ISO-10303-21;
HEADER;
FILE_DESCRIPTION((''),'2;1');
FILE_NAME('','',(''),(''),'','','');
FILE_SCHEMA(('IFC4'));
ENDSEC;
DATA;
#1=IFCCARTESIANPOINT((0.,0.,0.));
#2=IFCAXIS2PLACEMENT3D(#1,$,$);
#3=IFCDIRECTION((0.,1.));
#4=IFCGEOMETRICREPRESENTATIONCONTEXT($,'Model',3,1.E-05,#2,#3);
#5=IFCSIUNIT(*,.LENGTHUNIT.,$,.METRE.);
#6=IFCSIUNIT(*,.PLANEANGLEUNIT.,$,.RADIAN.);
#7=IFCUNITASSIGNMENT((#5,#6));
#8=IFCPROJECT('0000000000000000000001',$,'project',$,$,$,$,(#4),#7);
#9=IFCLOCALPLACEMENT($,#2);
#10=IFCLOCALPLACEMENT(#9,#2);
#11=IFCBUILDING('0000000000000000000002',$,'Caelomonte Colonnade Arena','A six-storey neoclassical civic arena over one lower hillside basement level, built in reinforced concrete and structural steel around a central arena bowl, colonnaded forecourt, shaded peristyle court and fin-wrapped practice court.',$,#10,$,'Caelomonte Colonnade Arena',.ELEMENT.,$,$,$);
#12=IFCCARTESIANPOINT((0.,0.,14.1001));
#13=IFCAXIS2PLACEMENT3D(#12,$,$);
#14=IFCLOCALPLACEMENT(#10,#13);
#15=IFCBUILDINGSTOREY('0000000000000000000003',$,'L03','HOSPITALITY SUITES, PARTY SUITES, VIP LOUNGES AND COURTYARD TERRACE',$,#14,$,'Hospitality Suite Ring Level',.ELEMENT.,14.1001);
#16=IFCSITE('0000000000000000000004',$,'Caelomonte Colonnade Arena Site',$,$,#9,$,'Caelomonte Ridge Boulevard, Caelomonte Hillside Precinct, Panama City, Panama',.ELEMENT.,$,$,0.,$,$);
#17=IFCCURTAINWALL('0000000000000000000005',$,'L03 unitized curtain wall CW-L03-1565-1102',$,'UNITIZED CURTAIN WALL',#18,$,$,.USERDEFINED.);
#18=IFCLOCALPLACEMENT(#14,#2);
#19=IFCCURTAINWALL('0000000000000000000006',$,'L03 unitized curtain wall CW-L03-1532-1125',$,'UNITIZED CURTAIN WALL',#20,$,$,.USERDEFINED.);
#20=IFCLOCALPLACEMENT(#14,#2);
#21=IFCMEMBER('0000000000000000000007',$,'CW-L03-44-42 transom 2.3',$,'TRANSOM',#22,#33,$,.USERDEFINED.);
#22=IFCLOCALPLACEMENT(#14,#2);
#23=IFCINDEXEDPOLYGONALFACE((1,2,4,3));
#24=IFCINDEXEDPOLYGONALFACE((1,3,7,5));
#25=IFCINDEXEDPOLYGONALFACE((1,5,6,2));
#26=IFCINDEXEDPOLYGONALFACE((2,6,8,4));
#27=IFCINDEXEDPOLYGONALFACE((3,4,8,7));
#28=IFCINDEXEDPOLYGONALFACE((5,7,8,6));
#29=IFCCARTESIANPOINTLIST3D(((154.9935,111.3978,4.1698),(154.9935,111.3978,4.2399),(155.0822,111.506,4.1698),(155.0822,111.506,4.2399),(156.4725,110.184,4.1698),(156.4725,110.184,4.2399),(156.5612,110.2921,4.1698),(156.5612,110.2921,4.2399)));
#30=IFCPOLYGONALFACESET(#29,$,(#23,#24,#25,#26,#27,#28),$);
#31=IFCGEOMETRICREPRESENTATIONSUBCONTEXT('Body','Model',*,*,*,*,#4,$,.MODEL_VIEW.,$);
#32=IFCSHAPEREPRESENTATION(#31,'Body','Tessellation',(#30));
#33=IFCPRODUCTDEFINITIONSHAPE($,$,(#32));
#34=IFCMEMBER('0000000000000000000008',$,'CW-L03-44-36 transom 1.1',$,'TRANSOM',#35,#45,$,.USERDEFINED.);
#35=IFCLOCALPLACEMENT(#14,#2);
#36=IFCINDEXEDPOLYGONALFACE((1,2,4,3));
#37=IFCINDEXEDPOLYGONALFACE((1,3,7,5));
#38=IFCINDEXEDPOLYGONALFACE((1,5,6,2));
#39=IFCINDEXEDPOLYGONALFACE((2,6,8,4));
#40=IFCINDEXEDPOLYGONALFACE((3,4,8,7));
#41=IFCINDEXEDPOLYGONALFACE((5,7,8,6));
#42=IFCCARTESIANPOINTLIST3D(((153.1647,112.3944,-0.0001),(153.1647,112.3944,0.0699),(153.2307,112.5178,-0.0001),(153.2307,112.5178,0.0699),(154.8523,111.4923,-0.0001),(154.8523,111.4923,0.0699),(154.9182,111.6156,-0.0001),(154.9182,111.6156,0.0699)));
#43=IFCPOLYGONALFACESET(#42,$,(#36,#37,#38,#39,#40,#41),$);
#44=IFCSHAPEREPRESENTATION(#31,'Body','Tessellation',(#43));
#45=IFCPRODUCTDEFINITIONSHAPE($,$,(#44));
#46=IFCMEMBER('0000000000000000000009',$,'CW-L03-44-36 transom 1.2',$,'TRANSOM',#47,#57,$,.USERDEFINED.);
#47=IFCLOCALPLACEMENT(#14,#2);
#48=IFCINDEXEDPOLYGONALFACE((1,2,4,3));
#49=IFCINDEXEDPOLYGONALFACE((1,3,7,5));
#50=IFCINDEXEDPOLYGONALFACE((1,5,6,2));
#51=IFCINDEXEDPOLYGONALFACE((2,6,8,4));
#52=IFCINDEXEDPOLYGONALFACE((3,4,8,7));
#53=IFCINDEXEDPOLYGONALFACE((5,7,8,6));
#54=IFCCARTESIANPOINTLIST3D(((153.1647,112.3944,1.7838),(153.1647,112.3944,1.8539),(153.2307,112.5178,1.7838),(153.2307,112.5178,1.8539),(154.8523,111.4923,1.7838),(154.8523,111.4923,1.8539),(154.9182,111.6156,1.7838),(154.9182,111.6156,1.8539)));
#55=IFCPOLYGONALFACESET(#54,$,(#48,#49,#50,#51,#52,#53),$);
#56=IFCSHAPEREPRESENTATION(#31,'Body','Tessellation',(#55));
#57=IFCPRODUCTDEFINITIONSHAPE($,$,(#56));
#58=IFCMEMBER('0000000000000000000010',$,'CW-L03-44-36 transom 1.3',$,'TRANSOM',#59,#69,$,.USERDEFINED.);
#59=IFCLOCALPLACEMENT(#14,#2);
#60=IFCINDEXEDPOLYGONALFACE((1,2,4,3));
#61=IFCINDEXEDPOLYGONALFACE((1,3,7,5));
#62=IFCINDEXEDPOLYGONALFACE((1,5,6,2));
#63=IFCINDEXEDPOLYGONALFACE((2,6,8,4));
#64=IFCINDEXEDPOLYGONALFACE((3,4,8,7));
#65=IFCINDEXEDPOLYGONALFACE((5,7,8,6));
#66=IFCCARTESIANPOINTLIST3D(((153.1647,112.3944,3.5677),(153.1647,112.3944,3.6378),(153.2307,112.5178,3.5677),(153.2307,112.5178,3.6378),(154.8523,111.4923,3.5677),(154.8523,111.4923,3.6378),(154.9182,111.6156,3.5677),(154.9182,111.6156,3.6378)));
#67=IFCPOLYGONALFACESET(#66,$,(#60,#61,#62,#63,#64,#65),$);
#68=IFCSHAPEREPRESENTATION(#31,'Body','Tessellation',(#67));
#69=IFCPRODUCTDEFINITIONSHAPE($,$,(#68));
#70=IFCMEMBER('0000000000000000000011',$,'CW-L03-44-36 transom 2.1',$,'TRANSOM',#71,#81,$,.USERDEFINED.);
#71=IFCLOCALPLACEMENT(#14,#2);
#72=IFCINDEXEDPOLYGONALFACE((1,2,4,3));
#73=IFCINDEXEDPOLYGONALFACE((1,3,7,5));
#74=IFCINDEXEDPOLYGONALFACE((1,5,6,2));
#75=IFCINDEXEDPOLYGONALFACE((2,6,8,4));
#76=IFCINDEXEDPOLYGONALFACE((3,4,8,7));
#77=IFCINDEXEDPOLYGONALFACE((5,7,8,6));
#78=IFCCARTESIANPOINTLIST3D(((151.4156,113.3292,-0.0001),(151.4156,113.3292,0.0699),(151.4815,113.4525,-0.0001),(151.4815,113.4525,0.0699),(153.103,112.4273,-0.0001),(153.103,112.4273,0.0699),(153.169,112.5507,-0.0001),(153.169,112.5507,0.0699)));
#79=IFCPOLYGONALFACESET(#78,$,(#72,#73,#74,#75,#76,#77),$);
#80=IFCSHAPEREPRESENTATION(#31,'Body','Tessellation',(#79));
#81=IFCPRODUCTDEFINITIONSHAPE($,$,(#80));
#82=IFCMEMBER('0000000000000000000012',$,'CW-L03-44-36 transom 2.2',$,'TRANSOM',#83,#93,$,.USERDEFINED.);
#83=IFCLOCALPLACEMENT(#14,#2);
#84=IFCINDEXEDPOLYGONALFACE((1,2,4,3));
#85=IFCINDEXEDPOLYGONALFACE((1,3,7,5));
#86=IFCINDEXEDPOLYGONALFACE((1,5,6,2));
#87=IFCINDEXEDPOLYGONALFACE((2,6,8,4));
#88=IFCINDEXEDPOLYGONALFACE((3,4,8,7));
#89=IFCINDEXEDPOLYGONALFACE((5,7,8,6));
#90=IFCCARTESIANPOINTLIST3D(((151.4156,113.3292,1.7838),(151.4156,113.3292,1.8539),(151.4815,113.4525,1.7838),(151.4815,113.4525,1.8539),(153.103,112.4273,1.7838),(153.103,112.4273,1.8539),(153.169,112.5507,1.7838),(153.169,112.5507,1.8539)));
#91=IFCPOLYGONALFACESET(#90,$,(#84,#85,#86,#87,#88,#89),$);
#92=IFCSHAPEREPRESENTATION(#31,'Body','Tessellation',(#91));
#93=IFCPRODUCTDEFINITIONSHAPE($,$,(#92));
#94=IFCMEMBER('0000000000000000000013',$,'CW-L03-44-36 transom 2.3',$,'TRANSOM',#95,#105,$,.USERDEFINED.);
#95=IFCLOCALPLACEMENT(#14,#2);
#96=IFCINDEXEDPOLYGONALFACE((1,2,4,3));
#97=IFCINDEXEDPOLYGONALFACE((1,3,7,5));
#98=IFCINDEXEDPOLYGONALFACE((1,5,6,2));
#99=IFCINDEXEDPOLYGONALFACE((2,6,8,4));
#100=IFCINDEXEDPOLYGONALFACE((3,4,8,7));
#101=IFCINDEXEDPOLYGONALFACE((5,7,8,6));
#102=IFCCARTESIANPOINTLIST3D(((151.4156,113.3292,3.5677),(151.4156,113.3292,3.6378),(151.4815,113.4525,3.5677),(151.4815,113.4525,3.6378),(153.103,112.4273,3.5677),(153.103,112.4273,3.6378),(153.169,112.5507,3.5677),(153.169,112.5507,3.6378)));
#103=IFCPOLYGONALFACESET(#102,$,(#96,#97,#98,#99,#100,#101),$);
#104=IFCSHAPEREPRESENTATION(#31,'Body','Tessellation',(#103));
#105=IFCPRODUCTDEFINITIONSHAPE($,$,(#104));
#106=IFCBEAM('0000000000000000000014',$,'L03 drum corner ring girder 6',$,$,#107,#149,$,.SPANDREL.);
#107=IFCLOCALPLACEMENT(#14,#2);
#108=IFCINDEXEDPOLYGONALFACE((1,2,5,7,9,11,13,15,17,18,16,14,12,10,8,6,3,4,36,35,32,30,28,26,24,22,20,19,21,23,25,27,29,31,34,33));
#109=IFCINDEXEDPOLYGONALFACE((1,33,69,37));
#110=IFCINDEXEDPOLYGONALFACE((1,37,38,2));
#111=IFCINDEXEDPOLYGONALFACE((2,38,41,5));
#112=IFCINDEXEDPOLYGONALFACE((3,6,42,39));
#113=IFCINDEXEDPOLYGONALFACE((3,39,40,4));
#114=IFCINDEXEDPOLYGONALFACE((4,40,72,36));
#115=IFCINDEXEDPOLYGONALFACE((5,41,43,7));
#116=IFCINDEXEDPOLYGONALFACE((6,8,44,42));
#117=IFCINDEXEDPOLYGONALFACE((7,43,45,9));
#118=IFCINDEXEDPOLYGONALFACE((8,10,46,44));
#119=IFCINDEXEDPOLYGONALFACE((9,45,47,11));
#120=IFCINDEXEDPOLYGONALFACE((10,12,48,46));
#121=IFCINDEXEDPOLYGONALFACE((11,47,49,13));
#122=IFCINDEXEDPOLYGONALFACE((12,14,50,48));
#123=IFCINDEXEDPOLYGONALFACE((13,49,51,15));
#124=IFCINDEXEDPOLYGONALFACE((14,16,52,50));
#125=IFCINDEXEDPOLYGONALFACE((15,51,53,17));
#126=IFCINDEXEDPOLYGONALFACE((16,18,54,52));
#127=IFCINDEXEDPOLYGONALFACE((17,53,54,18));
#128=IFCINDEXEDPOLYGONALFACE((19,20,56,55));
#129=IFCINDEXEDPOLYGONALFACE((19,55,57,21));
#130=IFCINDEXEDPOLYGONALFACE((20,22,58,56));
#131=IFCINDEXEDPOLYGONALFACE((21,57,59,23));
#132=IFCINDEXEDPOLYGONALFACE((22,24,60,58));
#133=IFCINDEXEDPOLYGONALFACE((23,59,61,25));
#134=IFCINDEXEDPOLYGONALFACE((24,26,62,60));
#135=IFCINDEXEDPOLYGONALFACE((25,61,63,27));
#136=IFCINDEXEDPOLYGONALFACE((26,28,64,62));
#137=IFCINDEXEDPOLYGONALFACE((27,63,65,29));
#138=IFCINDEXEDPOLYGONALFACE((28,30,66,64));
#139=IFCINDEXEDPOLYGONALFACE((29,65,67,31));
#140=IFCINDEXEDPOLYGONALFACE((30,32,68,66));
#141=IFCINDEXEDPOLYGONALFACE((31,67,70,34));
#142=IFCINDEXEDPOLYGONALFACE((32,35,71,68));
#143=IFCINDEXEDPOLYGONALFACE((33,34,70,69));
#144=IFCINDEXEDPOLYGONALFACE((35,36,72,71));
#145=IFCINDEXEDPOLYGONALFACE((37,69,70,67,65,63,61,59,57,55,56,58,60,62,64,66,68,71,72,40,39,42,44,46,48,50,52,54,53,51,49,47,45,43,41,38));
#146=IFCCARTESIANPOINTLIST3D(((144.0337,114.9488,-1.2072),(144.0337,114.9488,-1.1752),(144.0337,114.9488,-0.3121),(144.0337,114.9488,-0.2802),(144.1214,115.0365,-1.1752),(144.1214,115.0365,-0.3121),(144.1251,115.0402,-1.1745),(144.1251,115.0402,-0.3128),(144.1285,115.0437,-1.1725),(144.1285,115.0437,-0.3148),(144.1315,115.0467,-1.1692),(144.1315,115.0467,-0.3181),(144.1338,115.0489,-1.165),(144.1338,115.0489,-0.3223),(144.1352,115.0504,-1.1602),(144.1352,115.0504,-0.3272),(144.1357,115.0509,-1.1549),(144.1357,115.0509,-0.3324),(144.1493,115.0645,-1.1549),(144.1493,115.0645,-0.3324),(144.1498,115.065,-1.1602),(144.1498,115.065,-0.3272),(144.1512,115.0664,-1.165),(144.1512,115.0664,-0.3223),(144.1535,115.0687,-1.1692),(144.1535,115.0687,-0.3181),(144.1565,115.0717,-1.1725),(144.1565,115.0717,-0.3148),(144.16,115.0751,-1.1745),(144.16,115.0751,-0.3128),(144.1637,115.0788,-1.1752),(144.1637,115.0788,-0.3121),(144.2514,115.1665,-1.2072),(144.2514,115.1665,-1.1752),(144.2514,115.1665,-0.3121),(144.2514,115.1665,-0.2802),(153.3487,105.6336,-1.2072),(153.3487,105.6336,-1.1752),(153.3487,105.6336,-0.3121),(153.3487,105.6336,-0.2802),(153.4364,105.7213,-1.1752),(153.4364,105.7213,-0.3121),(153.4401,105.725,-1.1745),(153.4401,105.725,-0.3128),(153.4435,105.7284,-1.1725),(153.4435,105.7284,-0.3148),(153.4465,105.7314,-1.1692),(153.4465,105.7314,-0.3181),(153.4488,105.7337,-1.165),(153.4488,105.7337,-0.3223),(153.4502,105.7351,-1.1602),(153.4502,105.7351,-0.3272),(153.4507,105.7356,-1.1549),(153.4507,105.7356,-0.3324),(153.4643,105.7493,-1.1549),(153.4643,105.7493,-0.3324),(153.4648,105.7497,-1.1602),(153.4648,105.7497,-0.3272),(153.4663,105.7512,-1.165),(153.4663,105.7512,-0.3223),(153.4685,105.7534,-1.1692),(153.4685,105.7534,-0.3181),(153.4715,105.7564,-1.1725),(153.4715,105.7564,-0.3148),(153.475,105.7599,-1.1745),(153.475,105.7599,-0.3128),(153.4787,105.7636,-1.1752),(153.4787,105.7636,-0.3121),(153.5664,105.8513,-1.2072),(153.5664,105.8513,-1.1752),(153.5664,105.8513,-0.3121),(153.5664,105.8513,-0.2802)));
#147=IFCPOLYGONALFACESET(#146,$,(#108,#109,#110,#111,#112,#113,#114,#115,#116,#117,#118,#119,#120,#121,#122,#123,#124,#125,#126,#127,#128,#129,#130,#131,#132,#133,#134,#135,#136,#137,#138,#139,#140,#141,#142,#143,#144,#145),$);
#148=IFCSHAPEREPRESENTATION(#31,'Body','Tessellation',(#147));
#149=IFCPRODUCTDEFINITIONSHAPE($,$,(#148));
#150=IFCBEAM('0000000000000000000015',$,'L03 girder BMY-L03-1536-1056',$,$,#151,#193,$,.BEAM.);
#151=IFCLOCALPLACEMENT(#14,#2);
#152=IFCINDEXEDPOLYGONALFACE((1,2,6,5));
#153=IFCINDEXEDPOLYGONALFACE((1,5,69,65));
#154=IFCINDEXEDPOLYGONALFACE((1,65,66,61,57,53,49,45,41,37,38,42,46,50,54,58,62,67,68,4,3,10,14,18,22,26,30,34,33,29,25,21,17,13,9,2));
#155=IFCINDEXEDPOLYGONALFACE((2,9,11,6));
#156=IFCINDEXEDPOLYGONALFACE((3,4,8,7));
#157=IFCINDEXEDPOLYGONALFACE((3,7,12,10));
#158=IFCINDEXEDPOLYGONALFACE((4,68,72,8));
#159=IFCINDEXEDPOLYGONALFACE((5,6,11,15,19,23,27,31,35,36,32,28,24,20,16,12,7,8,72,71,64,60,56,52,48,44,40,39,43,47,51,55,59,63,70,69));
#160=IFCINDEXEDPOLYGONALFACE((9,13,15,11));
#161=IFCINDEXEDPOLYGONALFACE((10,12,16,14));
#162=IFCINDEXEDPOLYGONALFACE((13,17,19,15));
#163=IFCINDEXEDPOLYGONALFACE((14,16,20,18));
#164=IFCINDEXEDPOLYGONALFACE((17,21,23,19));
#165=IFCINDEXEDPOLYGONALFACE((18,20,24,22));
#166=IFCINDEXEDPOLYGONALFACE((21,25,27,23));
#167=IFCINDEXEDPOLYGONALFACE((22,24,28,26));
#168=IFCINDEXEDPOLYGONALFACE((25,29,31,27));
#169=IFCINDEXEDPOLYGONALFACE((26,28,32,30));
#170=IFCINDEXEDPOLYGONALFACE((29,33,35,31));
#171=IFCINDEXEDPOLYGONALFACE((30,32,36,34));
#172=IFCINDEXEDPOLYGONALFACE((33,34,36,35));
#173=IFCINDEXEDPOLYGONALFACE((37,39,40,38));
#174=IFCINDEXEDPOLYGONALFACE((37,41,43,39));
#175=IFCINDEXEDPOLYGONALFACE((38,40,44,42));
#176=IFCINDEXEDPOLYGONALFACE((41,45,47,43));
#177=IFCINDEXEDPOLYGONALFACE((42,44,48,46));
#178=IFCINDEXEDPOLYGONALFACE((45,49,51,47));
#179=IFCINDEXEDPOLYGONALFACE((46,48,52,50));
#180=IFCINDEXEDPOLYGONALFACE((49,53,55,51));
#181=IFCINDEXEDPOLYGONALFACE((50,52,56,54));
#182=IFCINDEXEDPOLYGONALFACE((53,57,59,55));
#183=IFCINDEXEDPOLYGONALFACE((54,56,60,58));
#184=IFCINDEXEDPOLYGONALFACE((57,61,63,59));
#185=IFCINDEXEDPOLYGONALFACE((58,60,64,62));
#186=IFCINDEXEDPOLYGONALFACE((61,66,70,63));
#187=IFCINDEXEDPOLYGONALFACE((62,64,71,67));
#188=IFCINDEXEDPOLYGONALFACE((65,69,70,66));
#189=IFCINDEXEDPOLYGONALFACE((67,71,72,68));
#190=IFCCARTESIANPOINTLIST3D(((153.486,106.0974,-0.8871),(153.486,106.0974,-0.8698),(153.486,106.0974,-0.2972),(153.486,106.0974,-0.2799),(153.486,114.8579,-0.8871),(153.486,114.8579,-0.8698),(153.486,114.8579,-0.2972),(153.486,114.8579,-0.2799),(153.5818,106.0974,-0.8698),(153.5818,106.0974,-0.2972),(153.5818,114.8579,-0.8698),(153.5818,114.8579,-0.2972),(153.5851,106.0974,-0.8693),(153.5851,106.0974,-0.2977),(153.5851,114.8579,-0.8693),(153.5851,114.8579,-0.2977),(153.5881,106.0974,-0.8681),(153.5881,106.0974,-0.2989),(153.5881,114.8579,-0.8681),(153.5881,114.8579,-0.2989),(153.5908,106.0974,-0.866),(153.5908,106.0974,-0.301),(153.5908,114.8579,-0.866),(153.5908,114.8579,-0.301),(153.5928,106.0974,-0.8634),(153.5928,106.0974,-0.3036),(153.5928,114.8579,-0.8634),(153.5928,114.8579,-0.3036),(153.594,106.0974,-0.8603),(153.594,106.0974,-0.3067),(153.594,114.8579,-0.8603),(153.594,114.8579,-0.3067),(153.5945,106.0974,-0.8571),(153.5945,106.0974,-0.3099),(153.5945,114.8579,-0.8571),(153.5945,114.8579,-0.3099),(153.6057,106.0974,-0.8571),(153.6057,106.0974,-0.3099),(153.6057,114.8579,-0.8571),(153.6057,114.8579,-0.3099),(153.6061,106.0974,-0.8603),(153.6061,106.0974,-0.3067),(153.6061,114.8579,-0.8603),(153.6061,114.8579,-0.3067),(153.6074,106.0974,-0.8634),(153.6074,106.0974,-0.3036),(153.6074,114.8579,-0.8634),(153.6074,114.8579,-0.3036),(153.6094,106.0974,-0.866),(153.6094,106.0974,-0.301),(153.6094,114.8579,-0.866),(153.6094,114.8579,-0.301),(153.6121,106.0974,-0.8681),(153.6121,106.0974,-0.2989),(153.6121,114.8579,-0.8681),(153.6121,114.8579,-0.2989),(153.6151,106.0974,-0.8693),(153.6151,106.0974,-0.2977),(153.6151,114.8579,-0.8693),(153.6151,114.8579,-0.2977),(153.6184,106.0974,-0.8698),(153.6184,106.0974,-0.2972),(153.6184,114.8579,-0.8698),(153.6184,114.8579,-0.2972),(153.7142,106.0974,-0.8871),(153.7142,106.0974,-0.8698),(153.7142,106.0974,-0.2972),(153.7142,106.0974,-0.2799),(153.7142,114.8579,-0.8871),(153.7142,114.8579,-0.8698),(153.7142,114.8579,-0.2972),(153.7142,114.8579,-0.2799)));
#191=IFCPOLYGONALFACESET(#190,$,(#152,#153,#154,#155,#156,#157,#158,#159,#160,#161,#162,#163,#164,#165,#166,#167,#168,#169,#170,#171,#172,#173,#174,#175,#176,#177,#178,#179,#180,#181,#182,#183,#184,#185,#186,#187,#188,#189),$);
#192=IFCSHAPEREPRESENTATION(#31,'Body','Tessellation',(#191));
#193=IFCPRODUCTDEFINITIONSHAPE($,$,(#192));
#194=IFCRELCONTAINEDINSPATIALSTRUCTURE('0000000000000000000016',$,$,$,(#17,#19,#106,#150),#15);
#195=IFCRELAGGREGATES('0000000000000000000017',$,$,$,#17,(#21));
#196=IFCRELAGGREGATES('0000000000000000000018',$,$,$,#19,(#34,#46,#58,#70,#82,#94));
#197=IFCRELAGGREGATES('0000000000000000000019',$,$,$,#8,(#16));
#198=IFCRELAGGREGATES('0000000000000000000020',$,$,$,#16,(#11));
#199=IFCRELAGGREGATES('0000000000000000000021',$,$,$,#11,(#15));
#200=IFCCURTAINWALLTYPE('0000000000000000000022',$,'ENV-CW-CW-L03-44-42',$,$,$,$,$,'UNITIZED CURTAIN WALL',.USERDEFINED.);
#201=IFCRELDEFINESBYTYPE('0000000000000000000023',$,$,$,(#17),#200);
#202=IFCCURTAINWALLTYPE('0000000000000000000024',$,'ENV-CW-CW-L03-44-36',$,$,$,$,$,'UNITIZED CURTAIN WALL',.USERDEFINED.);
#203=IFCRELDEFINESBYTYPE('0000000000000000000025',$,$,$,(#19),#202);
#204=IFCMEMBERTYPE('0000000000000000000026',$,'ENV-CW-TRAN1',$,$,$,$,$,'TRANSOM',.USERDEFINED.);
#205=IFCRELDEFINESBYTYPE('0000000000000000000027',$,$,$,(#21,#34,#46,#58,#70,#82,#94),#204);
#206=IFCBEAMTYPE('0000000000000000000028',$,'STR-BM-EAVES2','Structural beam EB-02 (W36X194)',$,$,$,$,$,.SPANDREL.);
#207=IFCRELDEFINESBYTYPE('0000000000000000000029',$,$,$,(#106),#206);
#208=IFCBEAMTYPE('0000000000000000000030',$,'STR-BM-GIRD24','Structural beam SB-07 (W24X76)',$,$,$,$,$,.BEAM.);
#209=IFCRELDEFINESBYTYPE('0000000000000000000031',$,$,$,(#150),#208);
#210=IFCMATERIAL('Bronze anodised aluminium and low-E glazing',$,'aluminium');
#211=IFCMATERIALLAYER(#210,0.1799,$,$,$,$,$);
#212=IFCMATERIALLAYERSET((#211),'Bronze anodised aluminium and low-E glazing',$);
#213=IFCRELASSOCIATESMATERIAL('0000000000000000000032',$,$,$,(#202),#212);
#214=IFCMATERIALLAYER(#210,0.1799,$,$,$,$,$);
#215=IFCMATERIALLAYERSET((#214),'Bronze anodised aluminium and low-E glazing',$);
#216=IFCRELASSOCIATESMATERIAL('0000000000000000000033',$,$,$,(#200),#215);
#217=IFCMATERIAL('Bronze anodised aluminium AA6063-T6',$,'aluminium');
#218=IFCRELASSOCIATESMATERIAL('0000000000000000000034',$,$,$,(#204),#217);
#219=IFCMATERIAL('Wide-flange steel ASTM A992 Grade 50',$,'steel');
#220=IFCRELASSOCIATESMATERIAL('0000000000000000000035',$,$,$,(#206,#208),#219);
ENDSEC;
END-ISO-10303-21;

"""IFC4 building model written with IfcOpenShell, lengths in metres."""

from ifc_helpers import new_model, si_unit, direction, frame, origin, origin_2d, place, context, subcontext, project, spatial, rectangle, i_section, extrude, material, layer, layer_set, material_profile, profile_set, type_object, element, aggregate, save


model = new_model("IFC4")

# Units and contexts
model_context = context("Model", 3, precision=1e-05, world=origin(), true_north=direction((0.0, 1.0)))
body_context = subcontext(model_context, "Body", "Model", "MODEL_VIEW")
ifc_project = project(units=[si_unit("LENGTHUNIT", "METRE"), si_unit("PLANEANGLEUNIT", "RADIAN")], contexts=[model_context])

# Site, building, storey
site_placement = place(None, origin())
site = spatial("IfcSite", under=ifc_project, at=site_placement, Name="Caelomonte Colonnade Arena Site", LongName="Caelomonte Ridge Boulevard, Caelomonte Hillside Precinct, Panama City, Panama", CompositionType="ELEMENT", RefElevation=0.0)
building_placement = place(site_placement, origin())
building = spatial("IfcBuilding", under=site, at=building_placement, Name="Caelomonte Colonnade Arena", Description="A six-storey neoclassical civic arena over one lower hillside basement level, built in reinforced concrete and structural steel around a central arena bowl, colonnaded forecourt, shaded peristyle court and fin-wrapped practice court.", LongName="Caelomonte Colonnade Arena", CompositionType="ELEMENT")
storey_placement = place(building_placement, frame((0.0, 0.0, 14.1001)))
storey = spatial("IfcBuildingStorey", under=building, at=storey_placement, Name="L03", Description="HOSPITALITY SUITES, PARTY SUITES, VIP LOUNGES AND COURTYARD TERRACE", LongName="Hospitality Suite Ring Level", CompositionType="ELEMENT", Elevation=14.1001)

# Shared definitions
ifc_material_1 = material(Name="Wide-flange steel ASTM A992 Grade 50", Category="steel")

# Shared definitions
ifc_material_2 = material(Name="Bronze anodised aluminium and low-E glazing", Category="aluminium")
ifc_layer_1 = layer(ifc_material_2, 0.1799)
ifc_layer_set_1 = layer_set([ifc_layer_1], Name="Bronze anodised aluminium and low-E glazing")
curtain_wall_type_1 = type_object("IfcCurtainWallType", Name="ENV-CW-CW-L03-44-36", ElementType="UNITIZED CURTAIN WALL", PredefinedType="USERDEFINED", material=ifc_layer_set_1)
ifc_material_3 = material(Name="Bronze anodised aluminium AA6063-T6", Category="aluminium")

# Curtain walls
ifc_layer_2 = layer(ifc_material_2, 0.1799)
ifc_layer_set_2 = layer_set([ifc_layer_2], Name="Bronze anodised aluminium and low-E glazing")
curtain_wall_type_2 = type_object("IfcCurtainWallType", Name="ENV-CW-CW-L03-44-42", ElementType="UNITIZED CURTAIN WALL", PredefinedType="USERDEFINED", material=ifc_layer_set_2)
curtain_wall_1_placement = place(storey_placement, origin())
curtain_wall_1 = element("IfcCurtainWall", 1, at=curtain_wall_1_placement, inside=storey, type_object=curtain_wall_type_2, Name="L03 unitized curtain wall CW-L03-1565-1102", ObjectType="UNITIZED CURTAIN WALL", PredefinedType="USERDEFINED")
curtain_wall_2_placement = place(storey_placement, origin())
curtain_wall_2 = element("IfcCurtainWall", 2, at=curtain_wall_2_placement, inside=storey, type_object=curtain_wall_type_1, Name="L03 unitized curtain wall CW-L03-1532-1125", ObjectType="UNITIZED CURTAIN WALL", PredefinedType="USERDEFINED")

# Members
ifc_material_profile_1 = material_profile(ifc_material_3, rectangle(XDim=0.0701, YDim=0.1399, at=origin_2d()), Name="CWT-70X140")
ifc_profile_set_1 = profile_set([ifc_material_profile_1], Name="Bronze anodised aluminium AA6063-T6")
member_type_1 = type_object("IfcMemberType", Name="ENV-CW-TRAN1", ElementType="TRANSOM", PredefinedType="USERDEFINED", material=ifc_profile_set_1)
member_1_placement = place(storey_placement, frame((156.5168, 110.238, 4.2048), z_axis=(-0.77299, 0.634418, 0.0), x_axis=(0.0, 0.0, 1.0)))
member_1 = element("IfcMember", 3, at=member_1_placement, type_object=member_type_1, Name="CW-L03-44-42 transom 2.3", ObjectType="TRANSOM", PredefinedType="USERDEFINED", context=body_context, shape_type="SweptSolid", body=[
    extrude(rectangle(XDim=0.0701, YDim=0.1399, at=origin_2d()), origin(), (0.0, 0.0, 1.0), 1.9133),
])
member_2_placement = place(storey_placement, frame((154.8853, 111.554, 0.0349), z_axis=(-0.881897, 0.471442, 0.0), x_axis=(0.0, 0.0, 1.0)))
member_2 = element("IfcMember", 4, at=member_2_placement, type_object=member_type_1, Name="CW-L03-44-36 transom 1.1", ObjectType="TRANSOM", PredefinedType="USERDEFINED", context=body_context, shape_type="SweptSolid", body=[
    extrude(rectangle(XDim=0.0701, YDim=0.1399, at=origin_2d()), origin(), (0.0, 0.0, 1.0), 1.9136),
])
member_3_placement = place(storey_placement, frame((154.8853, 111.554, 1.8188), z_axis=(-0.881897, 0.471442, 0.0), x_axis=(0.0, 0.0, 1.0)))
member_3 = element("IfcMember", 5, at=member_3_placement, type_object=member_type_1, Name="CW-L03-44-36 transom 1.2", ObjectType="TRANSOM", PredefinedType="USERDEFINED", context=body_context, shape_type="SweptSolid", body=[
    extrude(rectangle(XDim=0.0701, YDim=0.1399, at=origin_2d()), origin(), (0.0, 0.0, 1.0), 1.9136),
])
member_4_placement = place(storey_placement, frame((154.8853, 111.554, 3.6028), z_axis=(-0.881897, 0.471442, 0.0), x_axis=(0.0, 0.0, 1.0)))
member_4 = element("IfcMember", 6, at=member_4_placement, type_object=member_type_1, Name="CW-L03-44-36 transom 1.3", ObjectType="TRANSOM", PredefinedType="USERDEFINED", context=body_context, shape_type="SweptSolid", body=[
    extrude(rectangle(XDim=0.0701, YDim=0.1399, at=origin_2d()), origin(), (0.0, 0.0, 1.0), 1.9136),
])
member_5_placement = place(storey_placement, frame((153.136, 112.489, 0.0349), z_axis=(-0.88195, 0.471343, 0.0), x_axis=(0.0, 0.0, 1.0)))
member_5 = element("IfcMember", 7, at=member_5_placement, type_object=member_type_1, Name="CW-L03-44-36 transom 2.1", ObjectType="TRANSOM", PredefinedType="USERDEFINED", context=body_context, shape_type="SweptSolid", body=[
    extrude(rectangle(XDim=0.0701, YDim=0.1399, at=origin_2d()), origin(), (0.0, 0.0, 1.0), 1.9133),
])
member_6_placement = place(storey_placement, frame((153.136, 112.489, 1.8188), z_axis=(-0.88195, 0.471343, 0.0), x_axis=(0.0, 0.0, 1.0)))
member_6 = element("IfcMember", 8, at=member_6_placement, type_object=member_type_1, Name="CW-L03-44-36 transom 2.2", ObjectType="TRANSOM", PredefinedType="USERDEFINED", context=body_context, shape_type="SweptSolid", body=[
    extrude(rectangle(XDim=0.0701, YDim=0.1399, at=origin_2d()), origin(), (0.0, 0.0, 1.0), 1.9133),
])
member_7_placement = place(storey_placement, frame((153.136, 112.489, 3.6028), z_axis=(-0.88195, 0.471343, 0.0), x_axis=(0.0, 0.0, 1.0)))
member_7 = element("IfcMember", 9, at=member_7_placement, type_object=member_type_1, Name="CW-L03-44-36 transom 2.3", ObjectType="TRANSOM", PredefinedType="USERDEFINED", context=body_context, shape_type="SweptSolid", body=[
    extrude(rectangle(XDim=0.0701, YDim=0.1399, at=origin_2d()), origin(), (0.0, 0.0, 1.0), 1.9133),
])

# Beams
ifc_material_profile_2 = material_profile(ifc_material_1, i_section(OverallWidth=0.3079, OverallDepth=0.927, WebThickness=0.0193, FlangeThickness=0.032, FilletRadius=0.0203, at=origin_2d()), Name="W36X194")
ifc_profile_set_2 = profile_set([ifc_material_profile_2], Name="Wide-flange steel ASTM A992 Grade 50")
beam_type_1 = type_object("IfcBeamType", Name="STR-BM-EAVES2", Description="Structural beam EB-02 (W36X194)", PredefinedType="SPANDREL", material=ifc_profile_set_2)
beam_1_placement = place(storey_placement, frame((153.4575, 105.7424, -0.7437), z_axis=(-0.707098, 0.707116, 0.0), x_axis=(-0.707116, -0.707098, 0.0)))
element("IfcBeam", 10, at=beam_1_placement, inside=storey, type_object=beam_type_1, Name="L03 drum corner ring girder 6", PredefinedType="SPANDREL", context=body_context, shape_type="SweptSolid", body=[
    extrude(i_section(OverallWidth=0.3079, OverallDepth=0.927, WebThickness=0.0193, FlangeThickness=0.032, FilletRadius=0.0203, at=origin_2d()), origin(), (0.0, 0.0, 1.0), 13.1736),
])
ifc_material_profile_3 = material_profile(ifc_material_1, i_section(OverallWidth=0.2283, OverallDepth=0.6072, WebThickness=0.0112, FlangeThickness=0.0173, FilletRadius=0.0127, at=origin_2d()), Name="W24X76")
ifc_profile_set_3 = profile_set([ifc_material_profile_3], Name="Wide-flange steel ASTM A992 Grade 50")
beam_type_2 = type_object("IfcBeamType", Name="STR-BM-GIRD24", Description="Structural beam SB-07 (W24X76)", PredefinedType="BEAM", material=ifc_profile_set_3)
beam_2_placement = place(storey_placement, frame((153.6001, 106.0974, -0.5835), z_axis=(0.0, 1.0, 0.0), x_axis=(-1.0, 0.0, 0.0)))
element("IfcBeam", 11, at=beam_2_placement, inside=storey, type_object=beam_type_2, Name="L03 girder BMY-L03-1536-1056", PredefinedType="BEAM", context=body_context, shape_type="SweptSolid", body=[
    extrude(i_section(OverallWidth=0.2283, OverallDepth=0.6072, WebThickness=0.0112, FlangeThickness=0.0173, FilletRadius=0.0127, at=origin_2d()), origin(), (0.0, 0.0, 1.0), 8.7605),
])

aggregate(curtain_wall_1, [member_1])
aggregate(curtain_wall_2, [member_2, member_3, member_4, member_5, member_6, member_7])

save(model, "model.ifc")
